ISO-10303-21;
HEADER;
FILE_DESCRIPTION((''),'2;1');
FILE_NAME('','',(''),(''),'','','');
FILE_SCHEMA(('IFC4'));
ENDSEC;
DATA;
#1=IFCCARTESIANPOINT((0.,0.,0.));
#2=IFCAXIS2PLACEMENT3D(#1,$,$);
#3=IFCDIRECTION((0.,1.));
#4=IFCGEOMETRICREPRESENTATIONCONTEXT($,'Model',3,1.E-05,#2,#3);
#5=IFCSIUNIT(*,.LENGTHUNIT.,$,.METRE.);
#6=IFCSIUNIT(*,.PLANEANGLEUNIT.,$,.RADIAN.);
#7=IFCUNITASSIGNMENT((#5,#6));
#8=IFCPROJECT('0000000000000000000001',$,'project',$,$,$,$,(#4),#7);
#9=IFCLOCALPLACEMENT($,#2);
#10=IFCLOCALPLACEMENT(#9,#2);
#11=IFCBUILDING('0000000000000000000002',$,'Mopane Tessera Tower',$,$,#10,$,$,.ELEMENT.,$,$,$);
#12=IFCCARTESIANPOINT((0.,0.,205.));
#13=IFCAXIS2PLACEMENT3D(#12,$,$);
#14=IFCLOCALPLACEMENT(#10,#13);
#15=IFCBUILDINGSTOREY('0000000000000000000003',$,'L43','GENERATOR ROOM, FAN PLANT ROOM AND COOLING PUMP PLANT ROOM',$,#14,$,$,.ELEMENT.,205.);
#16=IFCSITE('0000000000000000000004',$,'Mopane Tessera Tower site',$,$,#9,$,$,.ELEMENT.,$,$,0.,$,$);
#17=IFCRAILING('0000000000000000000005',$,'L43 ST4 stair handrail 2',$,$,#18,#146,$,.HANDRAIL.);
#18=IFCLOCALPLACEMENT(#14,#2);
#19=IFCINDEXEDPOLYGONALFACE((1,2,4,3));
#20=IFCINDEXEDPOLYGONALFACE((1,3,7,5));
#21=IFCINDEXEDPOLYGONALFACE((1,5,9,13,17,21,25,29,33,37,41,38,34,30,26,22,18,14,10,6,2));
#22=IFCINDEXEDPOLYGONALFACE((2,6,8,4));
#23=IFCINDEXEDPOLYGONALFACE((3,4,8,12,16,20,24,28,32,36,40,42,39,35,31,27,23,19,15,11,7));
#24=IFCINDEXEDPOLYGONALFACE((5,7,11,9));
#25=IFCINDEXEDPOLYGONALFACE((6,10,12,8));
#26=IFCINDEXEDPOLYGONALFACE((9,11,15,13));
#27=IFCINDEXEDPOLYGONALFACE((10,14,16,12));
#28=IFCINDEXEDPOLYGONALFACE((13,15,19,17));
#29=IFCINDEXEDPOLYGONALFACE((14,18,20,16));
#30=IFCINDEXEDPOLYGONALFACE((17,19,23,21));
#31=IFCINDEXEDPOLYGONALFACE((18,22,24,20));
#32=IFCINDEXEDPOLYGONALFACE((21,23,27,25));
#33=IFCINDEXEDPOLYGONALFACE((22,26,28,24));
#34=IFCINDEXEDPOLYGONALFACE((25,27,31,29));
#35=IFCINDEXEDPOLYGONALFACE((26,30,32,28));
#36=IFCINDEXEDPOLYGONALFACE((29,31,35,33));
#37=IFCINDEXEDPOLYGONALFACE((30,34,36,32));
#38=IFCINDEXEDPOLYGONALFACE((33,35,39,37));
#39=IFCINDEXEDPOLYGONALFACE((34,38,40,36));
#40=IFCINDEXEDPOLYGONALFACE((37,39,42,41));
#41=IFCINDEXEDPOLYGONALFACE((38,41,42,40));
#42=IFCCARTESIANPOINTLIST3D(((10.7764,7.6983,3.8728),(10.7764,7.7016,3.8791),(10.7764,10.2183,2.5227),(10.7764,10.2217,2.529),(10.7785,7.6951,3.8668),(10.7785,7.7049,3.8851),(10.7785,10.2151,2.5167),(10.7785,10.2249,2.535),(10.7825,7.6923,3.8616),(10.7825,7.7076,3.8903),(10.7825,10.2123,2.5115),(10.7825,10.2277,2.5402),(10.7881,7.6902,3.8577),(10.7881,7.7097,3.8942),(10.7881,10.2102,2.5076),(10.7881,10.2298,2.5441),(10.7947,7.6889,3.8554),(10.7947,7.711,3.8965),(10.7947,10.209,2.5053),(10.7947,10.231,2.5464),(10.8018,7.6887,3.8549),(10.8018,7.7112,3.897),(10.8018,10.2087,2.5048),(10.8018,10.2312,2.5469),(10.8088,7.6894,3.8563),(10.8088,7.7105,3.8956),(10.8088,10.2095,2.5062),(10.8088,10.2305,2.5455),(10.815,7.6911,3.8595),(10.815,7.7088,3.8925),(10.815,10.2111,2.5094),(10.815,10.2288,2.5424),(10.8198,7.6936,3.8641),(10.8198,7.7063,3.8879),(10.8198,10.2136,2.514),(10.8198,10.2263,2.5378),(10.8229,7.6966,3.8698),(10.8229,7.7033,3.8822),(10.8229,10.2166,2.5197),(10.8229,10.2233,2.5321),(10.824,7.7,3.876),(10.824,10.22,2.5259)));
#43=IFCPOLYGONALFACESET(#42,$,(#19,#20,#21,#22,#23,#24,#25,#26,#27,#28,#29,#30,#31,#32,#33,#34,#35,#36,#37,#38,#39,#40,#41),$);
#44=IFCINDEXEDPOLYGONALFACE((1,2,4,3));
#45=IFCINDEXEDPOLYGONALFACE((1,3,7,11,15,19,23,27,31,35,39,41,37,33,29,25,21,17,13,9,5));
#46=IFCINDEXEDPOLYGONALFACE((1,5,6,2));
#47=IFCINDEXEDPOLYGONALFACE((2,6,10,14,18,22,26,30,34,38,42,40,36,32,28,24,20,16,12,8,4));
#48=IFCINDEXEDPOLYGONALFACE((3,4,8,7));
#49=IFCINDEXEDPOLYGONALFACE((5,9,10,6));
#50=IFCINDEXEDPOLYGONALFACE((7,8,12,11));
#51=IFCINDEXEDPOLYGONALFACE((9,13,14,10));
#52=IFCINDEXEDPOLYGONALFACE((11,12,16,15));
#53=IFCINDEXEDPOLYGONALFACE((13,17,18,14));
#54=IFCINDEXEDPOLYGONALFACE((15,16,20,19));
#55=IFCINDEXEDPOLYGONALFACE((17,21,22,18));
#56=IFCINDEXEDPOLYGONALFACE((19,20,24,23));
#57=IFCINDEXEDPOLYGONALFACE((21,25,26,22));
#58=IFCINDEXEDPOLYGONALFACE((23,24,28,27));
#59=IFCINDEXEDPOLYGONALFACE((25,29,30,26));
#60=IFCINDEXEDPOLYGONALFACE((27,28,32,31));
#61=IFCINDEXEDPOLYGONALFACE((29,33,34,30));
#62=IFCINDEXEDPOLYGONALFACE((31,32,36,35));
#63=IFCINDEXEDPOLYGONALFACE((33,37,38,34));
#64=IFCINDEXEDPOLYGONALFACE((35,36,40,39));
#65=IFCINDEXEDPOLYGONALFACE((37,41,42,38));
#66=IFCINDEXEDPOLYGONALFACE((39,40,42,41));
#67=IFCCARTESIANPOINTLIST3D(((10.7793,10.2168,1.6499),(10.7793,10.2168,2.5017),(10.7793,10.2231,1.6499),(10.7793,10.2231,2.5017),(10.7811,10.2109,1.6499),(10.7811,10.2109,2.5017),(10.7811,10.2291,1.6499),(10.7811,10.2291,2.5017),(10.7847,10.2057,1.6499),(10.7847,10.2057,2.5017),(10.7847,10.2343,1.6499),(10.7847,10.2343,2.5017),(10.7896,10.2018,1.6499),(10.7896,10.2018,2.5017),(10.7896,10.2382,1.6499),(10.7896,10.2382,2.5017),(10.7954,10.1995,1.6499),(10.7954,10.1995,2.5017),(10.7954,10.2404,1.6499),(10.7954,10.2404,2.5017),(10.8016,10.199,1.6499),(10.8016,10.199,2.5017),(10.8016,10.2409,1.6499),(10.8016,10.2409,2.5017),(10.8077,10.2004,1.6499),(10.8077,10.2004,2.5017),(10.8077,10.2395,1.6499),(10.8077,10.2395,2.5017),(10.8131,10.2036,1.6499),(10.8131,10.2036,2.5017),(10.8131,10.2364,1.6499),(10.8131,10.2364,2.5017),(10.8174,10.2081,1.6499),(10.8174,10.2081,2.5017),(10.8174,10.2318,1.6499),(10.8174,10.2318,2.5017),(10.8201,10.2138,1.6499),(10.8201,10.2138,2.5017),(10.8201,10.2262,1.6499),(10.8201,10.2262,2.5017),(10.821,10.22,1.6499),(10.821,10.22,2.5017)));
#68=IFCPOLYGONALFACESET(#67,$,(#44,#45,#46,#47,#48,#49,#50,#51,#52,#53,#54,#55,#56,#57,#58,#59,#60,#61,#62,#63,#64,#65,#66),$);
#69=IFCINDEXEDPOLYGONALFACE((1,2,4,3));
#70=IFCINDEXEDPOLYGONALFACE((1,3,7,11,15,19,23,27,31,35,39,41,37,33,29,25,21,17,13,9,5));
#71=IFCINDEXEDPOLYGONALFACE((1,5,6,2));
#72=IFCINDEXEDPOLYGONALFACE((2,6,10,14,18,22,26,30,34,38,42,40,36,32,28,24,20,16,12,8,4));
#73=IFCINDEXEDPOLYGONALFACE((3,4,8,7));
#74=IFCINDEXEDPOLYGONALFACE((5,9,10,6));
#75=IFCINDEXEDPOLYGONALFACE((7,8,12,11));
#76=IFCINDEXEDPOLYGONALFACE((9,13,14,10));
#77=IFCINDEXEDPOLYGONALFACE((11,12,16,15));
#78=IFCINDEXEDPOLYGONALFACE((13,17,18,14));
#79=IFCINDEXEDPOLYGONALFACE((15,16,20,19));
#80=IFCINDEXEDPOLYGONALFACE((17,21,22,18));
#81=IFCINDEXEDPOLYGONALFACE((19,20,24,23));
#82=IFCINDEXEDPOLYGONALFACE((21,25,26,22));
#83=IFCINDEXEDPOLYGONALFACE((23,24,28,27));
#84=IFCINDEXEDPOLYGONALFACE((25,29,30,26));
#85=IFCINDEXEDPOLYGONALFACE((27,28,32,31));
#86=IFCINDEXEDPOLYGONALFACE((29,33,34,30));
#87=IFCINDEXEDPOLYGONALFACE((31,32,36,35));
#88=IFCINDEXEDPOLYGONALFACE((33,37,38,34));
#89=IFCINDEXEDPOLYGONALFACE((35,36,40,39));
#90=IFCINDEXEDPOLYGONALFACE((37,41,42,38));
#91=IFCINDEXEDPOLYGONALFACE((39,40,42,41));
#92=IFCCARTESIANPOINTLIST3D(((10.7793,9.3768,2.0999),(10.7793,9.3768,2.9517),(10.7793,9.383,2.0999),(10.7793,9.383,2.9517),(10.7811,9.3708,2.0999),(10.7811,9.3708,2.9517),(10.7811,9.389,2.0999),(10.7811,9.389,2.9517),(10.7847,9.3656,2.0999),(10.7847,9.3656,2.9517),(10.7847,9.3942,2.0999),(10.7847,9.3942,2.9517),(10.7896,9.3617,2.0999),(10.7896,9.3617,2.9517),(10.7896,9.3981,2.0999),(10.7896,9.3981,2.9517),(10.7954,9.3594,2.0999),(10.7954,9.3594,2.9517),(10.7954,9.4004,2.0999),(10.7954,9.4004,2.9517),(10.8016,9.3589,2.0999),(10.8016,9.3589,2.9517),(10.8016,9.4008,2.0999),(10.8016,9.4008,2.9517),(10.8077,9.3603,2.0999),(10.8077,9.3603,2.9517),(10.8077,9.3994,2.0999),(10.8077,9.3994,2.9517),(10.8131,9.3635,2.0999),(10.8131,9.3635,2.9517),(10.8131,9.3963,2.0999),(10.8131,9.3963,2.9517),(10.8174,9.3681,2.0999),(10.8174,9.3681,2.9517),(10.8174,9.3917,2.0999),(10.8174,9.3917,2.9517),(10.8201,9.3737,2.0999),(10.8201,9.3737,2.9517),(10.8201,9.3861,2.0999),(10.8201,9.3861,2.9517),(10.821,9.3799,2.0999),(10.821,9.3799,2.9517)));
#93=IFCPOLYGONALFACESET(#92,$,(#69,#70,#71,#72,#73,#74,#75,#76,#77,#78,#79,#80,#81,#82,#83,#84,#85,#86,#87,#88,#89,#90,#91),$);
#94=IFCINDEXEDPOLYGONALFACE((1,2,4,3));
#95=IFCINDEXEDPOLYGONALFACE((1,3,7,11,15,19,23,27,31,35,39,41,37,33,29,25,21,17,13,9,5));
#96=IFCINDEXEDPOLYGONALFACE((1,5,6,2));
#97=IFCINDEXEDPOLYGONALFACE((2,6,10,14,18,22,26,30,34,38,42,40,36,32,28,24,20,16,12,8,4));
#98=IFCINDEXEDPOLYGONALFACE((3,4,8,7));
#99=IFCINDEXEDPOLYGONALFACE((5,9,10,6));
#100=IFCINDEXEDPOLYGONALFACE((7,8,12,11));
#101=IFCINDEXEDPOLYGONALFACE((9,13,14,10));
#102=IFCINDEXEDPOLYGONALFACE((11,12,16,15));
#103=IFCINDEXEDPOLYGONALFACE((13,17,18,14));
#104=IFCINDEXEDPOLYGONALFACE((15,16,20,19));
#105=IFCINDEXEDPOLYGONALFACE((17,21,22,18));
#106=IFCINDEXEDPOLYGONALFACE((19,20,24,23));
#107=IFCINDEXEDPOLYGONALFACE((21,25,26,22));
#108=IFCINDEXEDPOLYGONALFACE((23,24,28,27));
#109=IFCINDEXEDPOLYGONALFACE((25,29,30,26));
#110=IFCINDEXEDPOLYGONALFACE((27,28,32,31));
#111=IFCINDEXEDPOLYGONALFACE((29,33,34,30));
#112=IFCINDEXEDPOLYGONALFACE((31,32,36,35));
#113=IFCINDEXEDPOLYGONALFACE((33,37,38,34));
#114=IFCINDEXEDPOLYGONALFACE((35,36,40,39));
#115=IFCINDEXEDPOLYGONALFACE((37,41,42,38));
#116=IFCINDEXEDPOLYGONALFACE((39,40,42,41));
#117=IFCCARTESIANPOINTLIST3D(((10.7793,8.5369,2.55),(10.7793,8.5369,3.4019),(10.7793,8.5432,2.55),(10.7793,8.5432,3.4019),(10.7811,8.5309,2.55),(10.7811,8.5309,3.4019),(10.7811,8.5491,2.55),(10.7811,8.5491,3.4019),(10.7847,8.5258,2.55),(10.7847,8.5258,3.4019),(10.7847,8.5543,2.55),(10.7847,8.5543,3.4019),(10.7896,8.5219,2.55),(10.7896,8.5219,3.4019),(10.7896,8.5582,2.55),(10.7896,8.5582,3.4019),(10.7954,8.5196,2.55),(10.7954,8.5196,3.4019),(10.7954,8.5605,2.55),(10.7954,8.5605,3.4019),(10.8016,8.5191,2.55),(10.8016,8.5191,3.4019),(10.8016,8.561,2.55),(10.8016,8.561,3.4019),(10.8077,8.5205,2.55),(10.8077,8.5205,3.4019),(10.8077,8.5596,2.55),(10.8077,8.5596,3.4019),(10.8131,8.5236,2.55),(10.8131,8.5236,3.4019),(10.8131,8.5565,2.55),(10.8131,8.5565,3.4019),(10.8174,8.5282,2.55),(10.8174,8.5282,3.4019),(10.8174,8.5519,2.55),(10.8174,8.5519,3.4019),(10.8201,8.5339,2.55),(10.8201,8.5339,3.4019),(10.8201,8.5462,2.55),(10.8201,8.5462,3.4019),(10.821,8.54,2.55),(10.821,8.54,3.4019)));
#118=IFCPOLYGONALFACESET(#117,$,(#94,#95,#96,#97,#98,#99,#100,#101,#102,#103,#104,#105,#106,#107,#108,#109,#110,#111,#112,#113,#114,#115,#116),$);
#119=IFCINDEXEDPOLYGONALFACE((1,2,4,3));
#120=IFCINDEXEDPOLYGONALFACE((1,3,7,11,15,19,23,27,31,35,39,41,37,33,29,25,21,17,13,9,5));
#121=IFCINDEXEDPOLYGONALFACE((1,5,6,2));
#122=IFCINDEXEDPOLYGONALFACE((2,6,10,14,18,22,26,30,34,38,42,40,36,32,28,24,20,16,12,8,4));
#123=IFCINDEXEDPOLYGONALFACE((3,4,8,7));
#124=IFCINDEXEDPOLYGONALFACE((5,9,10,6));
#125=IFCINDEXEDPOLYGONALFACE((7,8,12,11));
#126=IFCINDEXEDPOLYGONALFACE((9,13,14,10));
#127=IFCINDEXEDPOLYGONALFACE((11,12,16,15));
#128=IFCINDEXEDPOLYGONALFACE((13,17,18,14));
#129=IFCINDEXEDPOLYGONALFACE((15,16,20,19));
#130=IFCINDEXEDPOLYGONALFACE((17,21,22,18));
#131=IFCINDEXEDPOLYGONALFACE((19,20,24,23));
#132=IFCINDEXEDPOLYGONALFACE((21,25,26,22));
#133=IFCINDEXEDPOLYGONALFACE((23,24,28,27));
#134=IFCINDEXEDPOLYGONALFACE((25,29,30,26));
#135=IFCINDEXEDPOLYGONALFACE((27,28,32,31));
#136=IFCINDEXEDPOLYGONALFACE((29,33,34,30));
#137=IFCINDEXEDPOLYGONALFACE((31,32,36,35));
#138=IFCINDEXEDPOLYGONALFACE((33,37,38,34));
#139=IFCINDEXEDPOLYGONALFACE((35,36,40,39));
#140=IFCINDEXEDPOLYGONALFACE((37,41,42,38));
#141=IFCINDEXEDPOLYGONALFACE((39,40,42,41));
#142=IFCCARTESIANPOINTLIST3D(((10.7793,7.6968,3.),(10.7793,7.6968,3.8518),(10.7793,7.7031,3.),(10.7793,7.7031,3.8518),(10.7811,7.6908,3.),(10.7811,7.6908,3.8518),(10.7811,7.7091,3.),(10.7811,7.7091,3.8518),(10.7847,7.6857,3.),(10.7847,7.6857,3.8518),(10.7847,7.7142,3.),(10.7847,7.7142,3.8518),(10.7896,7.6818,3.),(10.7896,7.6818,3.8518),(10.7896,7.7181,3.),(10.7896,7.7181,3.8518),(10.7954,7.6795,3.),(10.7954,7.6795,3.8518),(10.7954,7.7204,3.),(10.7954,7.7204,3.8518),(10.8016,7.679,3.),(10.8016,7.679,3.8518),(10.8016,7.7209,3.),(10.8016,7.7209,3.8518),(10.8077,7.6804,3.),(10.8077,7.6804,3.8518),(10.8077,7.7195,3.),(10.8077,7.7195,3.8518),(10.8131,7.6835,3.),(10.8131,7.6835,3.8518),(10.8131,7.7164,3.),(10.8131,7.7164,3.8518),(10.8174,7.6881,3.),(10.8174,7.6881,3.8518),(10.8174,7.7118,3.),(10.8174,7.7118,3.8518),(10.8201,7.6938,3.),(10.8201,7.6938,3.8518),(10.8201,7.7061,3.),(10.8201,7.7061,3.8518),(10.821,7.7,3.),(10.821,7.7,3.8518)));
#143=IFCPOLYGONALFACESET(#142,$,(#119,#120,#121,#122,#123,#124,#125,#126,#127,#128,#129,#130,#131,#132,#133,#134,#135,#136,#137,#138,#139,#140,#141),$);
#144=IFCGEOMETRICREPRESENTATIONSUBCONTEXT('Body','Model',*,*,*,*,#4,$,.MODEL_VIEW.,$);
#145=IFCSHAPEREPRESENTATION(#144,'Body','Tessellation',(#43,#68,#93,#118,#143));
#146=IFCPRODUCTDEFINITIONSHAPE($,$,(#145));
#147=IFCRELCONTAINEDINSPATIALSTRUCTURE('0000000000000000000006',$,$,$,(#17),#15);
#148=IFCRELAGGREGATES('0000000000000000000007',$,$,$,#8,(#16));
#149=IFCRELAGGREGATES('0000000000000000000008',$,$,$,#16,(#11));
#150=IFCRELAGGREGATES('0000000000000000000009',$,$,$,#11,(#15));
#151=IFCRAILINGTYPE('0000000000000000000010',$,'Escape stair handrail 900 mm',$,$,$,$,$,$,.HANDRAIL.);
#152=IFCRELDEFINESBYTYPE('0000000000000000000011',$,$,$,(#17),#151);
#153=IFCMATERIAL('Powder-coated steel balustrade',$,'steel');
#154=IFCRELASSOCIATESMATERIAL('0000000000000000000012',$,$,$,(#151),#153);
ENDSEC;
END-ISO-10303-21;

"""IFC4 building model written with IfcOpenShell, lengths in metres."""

from ifc_helpers import new_model, si_unit, direction, frame, origin, origin_2d, place, context, subcontext, project, spatial, circle, extrude, material, type_object, element, save


model = new_model("IFC4")

# Units and contexts
model_context = context("Model", 3, precision=1e-05, world=origin(), true_north=direction((0.0, 1.0)))
body_context = subcontext(model_context, "Body", "Model", "MODEL_VIEW")
ifc_project = project(units=[si_unit("LENGTHUNIT", "METRE"), si_unit("PLANEANGLEUNIT", "RADIAN")], contexts=[model_context])

# Site, building, storey
site_placement = place(None, origin())
site = spatial("IfcSite", under=ifc_project, at=site_placement, Name="Mopane Tessera Tower site", CompositionType="ELEMENT", RefElevation=0.0)
building_placement = place(site_placement, origin())
building = spatial("IfcBuilding", under=site, at=building_placement, Name="Mopane Tessera Tower", CompositionType="ELEMENT")
storey_placement = place(building_placement, frame((0.0, 0.0, 205.0)))
storey = spatial("IfcBuildingStorey", under=building, at=storey_placement, Name="L43", Description="GENERATOR ROOM, FAN PLANT ROOM AND COOLING PUMP PLANT ROOM", CompositionType="ELEMENT", Elevation=205.0)

# Railing
ifc_material_1 = material(Name="Powder-coated steel balustrade", Category="steel")
railing_type_1 = type_object("IfcRailingType", Name="Escape stair handrail 900 mm", PredefinedType="HANDRAIL", material=ifc_material_1)
railing_1_placement = place(storey_placement, frame((10.8, 10.22, 1.6499)))
element("IfcRailing", 1, at=railing_1_placement, inside=storey, type_object=railing_type_1, Name="L43 ST4 stair handrail 2", PredefinedType="HANDRAIL", context=body_context, shape_type="SweptSolid", body=[
    extrude(circle(Radius=0.0239, at=origin_2d()), frame((0.0, 0.0, 0.876), z_axis=(0.0, -0.881467, 0.472245), x_axis=(1.0, 0.0, 0.0)), (0.0, 0.0, 1.0), 2.8589),
    extrude(circle(Radius=0.021, at=origin_2d()), origin(), (0.0, 0.0, 1.0), 0.8518),
    extrude(circle(Radius=0.021, at=origin_2d()), frame((0.0, -0.8401, 0.45)), (0.0, 0.0, 1.0), 0.8518),
    extrude(circle(Radius=0.021, at=origin_2d()), frame((0.0, -1.6799, 0.9001)), (0.0, 0.0, 1.0), 0.8518),
    extrude(circle(Radius=0.021, at=origin_2d()), frame((0.0, -2.52, 1.3501)), (0.0, 0.0, 1.0), 0.8518),
])

save(model, "model.ifc")
